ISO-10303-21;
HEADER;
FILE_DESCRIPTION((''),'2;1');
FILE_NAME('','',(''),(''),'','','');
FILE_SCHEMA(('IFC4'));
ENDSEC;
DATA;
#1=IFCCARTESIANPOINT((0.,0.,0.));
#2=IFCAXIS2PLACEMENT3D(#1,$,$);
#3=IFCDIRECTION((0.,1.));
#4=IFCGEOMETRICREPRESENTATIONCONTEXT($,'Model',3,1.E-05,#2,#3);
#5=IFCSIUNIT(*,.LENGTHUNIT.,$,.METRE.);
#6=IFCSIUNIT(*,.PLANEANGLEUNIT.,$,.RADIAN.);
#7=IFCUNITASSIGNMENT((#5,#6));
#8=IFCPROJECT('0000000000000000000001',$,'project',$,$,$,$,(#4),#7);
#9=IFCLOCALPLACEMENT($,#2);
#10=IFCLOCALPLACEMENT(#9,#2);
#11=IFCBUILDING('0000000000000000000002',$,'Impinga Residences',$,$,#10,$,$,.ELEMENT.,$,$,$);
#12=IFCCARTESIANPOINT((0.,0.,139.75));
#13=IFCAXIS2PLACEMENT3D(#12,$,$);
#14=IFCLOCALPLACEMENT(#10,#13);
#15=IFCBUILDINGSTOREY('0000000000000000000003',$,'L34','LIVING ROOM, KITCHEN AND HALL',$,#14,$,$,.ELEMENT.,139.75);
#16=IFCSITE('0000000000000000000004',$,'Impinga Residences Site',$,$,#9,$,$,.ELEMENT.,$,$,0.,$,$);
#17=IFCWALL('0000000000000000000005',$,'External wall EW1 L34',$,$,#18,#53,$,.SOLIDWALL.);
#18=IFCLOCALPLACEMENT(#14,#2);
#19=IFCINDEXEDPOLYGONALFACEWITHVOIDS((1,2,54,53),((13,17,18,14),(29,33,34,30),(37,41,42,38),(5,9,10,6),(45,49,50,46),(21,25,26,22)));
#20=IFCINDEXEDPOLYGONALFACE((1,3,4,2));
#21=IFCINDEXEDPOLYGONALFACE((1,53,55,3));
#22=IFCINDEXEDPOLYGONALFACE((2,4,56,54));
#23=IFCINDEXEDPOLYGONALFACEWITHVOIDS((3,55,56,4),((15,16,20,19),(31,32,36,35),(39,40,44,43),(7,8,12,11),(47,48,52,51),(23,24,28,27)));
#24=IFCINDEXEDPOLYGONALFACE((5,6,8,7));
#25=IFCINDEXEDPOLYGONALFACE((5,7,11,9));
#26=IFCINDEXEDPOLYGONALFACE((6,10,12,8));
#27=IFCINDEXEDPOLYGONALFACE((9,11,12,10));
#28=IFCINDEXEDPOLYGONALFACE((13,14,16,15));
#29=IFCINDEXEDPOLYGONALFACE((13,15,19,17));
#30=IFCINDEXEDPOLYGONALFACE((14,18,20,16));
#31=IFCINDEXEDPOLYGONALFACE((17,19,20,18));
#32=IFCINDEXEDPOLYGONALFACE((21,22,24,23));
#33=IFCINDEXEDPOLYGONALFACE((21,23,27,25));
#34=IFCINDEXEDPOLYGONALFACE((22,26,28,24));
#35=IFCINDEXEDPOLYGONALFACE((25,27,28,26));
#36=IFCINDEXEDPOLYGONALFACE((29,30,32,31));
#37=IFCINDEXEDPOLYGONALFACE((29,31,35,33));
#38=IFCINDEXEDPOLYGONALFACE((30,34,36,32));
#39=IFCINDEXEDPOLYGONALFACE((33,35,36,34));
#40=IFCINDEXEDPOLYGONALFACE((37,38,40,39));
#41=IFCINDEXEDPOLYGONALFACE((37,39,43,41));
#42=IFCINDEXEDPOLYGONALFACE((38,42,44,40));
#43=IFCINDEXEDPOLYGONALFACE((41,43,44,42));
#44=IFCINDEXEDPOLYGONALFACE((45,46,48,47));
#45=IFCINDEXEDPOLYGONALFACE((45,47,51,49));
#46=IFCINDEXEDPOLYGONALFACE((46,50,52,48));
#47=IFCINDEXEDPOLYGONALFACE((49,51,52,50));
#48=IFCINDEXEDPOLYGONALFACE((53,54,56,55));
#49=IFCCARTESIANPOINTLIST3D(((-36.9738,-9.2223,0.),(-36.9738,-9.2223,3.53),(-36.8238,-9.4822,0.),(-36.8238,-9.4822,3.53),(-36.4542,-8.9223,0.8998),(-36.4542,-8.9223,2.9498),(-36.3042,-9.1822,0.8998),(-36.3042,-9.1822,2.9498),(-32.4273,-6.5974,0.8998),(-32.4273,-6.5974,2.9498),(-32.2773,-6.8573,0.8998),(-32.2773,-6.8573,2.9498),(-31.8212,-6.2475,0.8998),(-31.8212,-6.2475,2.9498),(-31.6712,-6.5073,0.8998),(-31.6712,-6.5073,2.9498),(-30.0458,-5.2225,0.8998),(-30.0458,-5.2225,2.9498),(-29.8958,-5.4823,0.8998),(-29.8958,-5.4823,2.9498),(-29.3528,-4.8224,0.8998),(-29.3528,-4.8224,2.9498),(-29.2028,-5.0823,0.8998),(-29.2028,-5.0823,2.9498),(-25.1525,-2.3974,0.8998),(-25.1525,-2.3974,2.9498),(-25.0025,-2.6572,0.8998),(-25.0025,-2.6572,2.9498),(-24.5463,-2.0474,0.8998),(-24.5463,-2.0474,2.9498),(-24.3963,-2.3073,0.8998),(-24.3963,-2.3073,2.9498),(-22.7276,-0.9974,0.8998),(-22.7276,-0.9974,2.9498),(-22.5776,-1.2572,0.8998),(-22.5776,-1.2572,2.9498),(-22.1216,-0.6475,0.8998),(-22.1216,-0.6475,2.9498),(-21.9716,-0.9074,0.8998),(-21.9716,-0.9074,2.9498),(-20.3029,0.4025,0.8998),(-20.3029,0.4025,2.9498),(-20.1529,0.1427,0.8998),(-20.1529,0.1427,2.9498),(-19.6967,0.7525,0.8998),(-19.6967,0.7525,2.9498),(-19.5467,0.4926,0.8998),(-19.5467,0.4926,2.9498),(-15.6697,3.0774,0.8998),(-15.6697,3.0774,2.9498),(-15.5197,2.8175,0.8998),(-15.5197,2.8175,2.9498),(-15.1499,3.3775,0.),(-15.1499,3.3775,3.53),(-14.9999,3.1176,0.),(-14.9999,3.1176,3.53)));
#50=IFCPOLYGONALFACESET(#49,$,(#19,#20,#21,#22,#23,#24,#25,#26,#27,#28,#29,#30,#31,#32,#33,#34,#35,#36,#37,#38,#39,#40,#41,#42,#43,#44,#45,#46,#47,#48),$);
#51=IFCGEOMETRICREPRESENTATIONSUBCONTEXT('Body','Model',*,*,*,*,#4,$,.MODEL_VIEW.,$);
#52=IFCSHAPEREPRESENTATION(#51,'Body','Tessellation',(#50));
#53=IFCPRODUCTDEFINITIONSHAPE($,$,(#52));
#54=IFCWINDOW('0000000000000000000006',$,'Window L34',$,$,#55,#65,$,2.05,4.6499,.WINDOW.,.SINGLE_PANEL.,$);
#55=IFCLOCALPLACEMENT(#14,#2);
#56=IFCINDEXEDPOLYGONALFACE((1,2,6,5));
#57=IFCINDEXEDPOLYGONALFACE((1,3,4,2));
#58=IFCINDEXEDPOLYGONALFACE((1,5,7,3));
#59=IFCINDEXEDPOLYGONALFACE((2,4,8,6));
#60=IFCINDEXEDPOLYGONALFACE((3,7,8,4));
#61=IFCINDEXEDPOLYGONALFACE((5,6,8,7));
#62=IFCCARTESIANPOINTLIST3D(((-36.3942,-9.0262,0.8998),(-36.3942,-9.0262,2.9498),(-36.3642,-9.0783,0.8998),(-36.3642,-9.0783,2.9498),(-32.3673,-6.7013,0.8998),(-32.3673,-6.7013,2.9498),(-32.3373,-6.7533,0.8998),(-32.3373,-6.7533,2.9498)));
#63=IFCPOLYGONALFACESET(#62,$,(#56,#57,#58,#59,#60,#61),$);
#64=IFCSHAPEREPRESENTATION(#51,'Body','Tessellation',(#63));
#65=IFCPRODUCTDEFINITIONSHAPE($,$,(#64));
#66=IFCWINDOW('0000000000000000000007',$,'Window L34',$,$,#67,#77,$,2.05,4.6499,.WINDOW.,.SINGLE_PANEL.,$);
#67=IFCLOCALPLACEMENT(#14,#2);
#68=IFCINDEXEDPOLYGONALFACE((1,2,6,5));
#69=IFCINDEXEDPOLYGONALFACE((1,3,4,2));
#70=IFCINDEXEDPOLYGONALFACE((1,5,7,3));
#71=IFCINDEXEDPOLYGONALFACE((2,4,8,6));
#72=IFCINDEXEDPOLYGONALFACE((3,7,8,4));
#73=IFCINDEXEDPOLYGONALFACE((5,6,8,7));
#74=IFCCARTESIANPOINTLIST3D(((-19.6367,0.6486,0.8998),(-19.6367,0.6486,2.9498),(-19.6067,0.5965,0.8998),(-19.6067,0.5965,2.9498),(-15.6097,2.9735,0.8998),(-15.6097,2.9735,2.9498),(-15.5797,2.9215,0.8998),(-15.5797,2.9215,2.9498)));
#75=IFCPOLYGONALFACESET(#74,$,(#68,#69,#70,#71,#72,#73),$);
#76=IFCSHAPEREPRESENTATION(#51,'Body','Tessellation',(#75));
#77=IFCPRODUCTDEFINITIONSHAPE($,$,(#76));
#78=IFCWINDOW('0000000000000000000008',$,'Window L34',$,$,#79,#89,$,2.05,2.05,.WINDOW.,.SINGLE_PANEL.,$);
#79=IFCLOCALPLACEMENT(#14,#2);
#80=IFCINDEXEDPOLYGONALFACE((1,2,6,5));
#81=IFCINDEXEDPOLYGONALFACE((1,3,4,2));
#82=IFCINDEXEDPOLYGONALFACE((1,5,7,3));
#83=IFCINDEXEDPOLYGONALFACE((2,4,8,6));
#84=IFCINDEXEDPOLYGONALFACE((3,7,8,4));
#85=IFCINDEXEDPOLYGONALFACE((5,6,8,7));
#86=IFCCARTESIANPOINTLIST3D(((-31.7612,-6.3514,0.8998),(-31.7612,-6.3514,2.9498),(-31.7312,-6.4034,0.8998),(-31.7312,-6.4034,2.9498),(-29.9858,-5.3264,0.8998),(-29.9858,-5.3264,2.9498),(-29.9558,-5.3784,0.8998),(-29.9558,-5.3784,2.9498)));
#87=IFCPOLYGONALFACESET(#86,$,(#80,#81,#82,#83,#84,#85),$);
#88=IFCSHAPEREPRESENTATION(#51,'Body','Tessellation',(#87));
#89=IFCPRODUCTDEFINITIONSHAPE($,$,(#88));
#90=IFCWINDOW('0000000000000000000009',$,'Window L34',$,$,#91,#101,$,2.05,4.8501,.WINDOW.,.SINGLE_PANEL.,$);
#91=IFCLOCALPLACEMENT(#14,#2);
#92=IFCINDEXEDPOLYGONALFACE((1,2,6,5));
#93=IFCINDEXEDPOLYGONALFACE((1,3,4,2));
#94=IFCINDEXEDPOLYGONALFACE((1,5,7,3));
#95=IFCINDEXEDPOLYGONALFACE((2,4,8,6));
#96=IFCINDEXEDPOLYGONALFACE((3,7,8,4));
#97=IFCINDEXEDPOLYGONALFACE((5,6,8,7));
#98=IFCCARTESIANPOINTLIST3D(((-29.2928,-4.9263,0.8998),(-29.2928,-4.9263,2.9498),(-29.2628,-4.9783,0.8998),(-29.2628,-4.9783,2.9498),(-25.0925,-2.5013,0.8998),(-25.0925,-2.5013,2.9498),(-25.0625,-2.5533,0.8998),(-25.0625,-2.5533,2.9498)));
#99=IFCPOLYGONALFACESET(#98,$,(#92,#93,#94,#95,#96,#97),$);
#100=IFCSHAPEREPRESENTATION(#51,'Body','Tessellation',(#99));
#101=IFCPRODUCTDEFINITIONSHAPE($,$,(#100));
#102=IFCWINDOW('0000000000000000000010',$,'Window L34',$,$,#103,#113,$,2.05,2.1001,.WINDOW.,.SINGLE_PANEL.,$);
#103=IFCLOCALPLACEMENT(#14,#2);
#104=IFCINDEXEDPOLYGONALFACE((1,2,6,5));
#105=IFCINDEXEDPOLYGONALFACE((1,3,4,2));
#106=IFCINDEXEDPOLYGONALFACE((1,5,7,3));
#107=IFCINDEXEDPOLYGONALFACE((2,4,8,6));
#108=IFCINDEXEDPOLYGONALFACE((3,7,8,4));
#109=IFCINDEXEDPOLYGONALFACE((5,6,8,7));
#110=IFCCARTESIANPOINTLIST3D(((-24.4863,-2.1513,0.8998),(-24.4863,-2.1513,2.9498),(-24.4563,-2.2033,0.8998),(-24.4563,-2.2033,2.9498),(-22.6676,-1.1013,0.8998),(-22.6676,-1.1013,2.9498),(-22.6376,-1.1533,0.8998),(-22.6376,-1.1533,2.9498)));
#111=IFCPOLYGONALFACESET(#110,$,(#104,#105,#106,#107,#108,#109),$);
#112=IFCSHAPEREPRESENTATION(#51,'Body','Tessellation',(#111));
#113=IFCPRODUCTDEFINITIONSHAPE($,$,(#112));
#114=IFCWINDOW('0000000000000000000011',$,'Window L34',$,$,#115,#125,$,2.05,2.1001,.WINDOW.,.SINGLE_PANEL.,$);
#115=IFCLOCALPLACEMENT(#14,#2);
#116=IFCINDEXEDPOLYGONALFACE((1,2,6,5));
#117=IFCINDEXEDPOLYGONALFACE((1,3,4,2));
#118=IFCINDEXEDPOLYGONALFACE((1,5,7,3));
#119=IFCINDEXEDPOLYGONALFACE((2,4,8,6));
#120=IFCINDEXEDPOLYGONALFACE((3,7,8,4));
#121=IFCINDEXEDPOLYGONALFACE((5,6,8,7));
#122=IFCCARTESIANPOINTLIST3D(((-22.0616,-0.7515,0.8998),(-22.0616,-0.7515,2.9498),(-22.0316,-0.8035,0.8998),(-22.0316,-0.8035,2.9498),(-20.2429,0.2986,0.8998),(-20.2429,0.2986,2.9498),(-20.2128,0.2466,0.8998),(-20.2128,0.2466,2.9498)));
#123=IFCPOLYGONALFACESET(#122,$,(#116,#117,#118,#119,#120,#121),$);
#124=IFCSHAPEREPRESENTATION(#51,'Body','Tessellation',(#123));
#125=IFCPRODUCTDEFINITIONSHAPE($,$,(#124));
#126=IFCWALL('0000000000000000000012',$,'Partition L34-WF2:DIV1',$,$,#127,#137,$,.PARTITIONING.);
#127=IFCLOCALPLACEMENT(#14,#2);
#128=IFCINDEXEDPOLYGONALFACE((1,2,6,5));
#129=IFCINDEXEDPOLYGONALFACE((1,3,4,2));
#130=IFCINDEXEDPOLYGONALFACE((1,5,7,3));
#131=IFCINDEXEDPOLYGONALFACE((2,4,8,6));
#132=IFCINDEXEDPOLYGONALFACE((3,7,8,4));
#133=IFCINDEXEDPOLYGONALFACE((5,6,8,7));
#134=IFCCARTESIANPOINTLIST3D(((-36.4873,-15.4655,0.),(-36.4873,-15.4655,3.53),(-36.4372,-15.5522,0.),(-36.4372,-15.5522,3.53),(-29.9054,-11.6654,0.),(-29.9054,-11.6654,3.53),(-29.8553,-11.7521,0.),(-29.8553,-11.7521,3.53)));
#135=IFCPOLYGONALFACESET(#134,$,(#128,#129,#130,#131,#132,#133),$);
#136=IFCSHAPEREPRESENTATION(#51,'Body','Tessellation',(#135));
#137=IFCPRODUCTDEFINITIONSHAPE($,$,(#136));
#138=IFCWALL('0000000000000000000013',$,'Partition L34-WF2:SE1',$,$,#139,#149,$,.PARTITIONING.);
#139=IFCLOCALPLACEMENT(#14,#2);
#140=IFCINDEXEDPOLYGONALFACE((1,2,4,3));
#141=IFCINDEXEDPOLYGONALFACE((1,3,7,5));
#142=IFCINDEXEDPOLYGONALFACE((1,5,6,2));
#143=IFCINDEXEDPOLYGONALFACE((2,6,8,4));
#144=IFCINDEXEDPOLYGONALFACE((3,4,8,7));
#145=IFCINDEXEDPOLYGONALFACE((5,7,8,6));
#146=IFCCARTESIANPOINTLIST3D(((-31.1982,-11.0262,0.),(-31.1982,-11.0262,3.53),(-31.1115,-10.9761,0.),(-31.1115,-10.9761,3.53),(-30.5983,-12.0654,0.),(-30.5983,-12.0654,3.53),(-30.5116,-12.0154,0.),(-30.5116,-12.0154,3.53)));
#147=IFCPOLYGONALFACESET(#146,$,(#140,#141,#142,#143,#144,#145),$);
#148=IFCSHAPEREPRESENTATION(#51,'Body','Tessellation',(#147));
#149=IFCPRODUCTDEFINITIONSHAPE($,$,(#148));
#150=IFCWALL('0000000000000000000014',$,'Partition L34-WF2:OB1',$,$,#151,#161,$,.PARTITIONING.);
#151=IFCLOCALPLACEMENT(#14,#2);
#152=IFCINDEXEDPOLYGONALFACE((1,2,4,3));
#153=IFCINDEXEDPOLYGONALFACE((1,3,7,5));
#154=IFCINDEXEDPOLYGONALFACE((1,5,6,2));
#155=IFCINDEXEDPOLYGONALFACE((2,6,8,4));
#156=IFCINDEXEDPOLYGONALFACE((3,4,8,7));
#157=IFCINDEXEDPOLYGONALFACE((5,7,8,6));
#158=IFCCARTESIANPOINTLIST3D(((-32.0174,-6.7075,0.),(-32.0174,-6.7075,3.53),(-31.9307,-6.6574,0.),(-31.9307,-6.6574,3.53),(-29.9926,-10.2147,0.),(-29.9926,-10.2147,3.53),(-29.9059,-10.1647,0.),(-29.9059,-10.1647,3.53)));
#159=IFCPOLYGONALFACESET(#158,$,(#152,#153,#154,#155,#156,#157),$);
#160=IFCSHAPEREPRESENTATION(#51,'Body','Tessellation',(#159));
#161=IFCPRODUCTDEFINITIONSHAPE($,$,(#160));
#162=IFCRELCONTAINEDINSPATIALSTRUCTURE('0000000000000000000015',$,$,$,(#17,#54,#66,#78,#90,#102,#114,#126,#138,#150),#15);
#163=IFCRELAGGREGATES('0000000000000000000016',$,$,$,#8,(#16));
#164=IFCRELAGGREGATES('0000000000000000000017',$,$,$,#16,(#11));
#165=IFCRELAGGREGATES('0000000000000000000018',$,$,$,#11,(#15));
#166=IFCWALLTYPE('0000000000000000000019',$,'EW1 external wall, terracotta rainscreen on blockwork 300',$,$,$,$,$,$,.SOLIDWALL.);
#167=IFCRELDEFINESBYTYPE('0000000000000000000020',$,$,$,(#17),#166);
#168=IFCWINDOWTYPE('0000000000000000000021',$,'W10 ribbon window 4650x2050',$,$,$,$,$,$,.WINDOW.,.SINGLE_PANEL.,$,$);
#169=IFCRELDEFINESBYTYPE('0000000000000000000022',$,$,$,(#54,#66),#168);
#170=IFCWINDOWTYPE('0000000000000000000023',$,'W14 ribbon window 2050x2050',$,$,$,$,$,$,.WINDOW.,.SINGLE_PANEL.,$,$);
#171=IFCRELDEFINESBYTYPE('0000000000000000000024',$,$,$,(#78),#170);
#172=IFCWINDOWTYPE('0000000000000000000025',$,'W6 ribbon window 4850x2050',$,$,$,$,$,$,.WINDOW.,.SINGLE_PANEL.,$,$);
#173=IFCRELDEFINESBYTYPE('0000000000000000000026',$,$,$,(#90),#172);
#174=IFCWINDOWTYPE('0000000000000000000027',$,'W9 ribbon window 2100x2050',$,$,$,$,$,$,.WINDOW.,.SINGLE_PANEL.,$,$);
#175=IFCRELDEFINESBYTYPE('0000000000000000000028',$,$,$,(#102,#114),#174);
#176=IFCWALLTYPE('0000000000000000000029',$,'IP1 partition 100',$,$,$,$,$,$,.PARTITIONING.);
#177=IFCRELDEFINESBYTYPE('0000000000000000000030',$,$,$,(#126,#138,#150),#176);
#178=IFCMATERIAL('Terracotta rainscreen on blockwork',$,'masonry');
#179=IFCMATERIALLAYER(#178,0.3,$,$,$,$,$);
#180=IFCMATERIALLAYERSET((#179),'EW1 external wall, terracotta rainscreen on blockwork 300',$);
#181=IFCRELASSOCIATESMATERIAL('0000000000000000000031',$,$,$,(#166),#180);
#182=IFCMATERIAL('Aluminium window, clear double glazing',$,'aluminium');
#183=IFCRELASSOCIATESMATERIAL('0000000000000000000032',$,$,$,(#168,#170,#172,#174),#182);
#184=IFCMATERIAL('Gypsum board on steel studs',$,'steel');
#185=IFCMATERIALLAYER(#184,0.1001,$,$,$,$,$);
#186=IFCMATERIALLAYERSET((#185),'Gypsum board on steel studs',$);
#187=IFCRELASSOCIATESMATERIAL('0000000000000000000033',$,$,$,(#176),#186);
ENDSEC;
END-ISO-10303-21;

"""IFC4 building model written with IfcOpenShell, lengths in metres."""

from ifc_helpers import new_model, si_unit, direction, frame, frame_2d, origin, place, context, subcontext, project, spatial, rectangle, extrude, material, layer, layer_set, type_object, element, fill, save


model = new_model("IFC4")

# Units and contexts
model_context = context("Model", 3, precision=1e-05, world=origin(), true_north=direction((0.0, 1.0)))
body_context = subcontext(model_context, "Body", "Model", "MODEL_VIEW")
ifc_project = project(units=[si_unit("LENGTHUNIT", "METRE"), si_unit("PLANEANGLEUNIT", "RADIAN")], contexts=[model_context])

# Site, building, storey
site_placement = place(None, origin())
site = spatial("IfcSite", under=ifc_project, at=site_placement, Name="Impinga Residences Site", CompositionType="ELEMENT", RefElevation=0.0)
building_placement = place(site_placement, origin())
building = spatial("IfcBuilding", under=site, at=building_placement, Name="Impinga Residences", CompositionType="ELEMENT")
storey_placement = place(building_placement, frame((0.0, 0.0, 139.75)))
storey = spatial("IfcBuildingStorey", under=building, at=storey_placement, Name="L34", Description="LIVING ROOM, KITCHEN AND HALL", CompositionType="ELEMENT", Elevation=139.75)

# Shared definitions
ifc_material_1 = material(Name="Terracotta rainscreen on blockwork", Category="masonry")
ifc_layer_1 = layer(ifc_material_1, 0.3)
ifc_layer_set_1 = layer_set([ifc_layer_1], Name="EW1 external wall, terracotta rainscreen on blockwork 300")
wall_type_1 = type_object("IfcWallType", Name="EW1 external wall, terracotta rainscreen on blockwork 300", PredefinedType="SOLIDWALL", material=ifc_layer_set_1)

# Wall, openings, windows
wall_1_placement = place(storey_placement, frame((-36.8989, -9.3523, 0.0), z_axis=(0.0, 0.0, 1.0), x_axis=(0.866029, 0.499993, 0.0)))
wall_1 = element("IfcWall", 1, at=wall_1_placement, inside=storey, type_object=wall_type_1, Name="External wall EW1 L34", PredefinedType="SOLIDWALL", context=body_context, shape_type="SweptSolid", body=[
    extrude(rectangle(XDim=25.2, YDim=0.3, at=frame_2d((12.6001, 0.0))), origin(), (0.0, 0.0, 1.0), 3.53),
])
opening_1_placement = place(wall_1_placement, frame((0.6001, 0.0, 0.8999)))
opening_1 = element("IfcOpeningElement", 2, at=opening_1_placement, cuts=wall_1, PredefinedType="OPENING", context=body_context, shape_type="SweptSolid", body=[
    extrude(rectangle(XDim=4.6499, YDim=2.05, at=frame_2d((2.325, 1.0249))), frame((0.0, 0.1599, 0.0), z_axis=(0.0, -1.0, 0.0), x_axis=(1.0, 0.0, 0.0)), (0.0, 0.0, 1.0), 0.3201),
])
opening_2_placement = place(wall_1_placement, frame((5.95, 0.0, 0.8999)))
opening_2 = element("IfcOpeningElement", 3, at=opening_2_placement, cuts=wall_1, PredefinedType="OPENING", context=body_context, shape_type="SweptSolid", body=[
    extrude(rectangle(XDim=2.05, YDim=2.05, at=frame_2d((1.0249, 1.0249))), frame((0.0, 0.1599, 0.0), z_axis=(0.0, -1.0, 0.0), x_axis=(1.0, 0.0, 0.0)), (0.0, 0.0, 1.0), 0.3201),
])
opening_3_placement = place(wall_1_placement, frame((8.8, 0.0, 0.8999)))
opening_3 = element("IfcOpeningElement", 4, at=opening_3_placement, cuts=wall_1, PredefinedType="OPENING", context=body_context, shape_type="SweptSolid", body=[
    extrude(rectangle(XDim=4.8501, YDim=2.05, at=frame_2d((2.425, 1.0249))), frame((0.0, 0.1599, 0.0), z_axis=(0.0, -1.0, 0.0), x_axis=(1.0, 0.0, 0.0)), (0.0, 0.0, 1.0), 0.3201),
])
opening_4_placement = place(wall_1_placement, frame((14.3501, 0.0, 0.8999)))
opening_4 = element("IfcOpeningElement", 5, at=opening_4_placement, cuts=wall_1, PredefinedType="OPENING", context=body_context, shape_type="SweptSolid", body=[
    extrude(rectangle(XDim=2.1001, YDim=2.05, at=frame_2d((1.05, 1.0249))), frame((0.0, 0.1599, 0.0), z_axis=(0.0, -1.0, 0.0), x_axis=(1.0, 0.0, 0.0)), (0.0, 0.0, 1.0), 0.3201),
])
opening_5_placement = place(wall_1_placement, frame((17.1499, 0.0, 0.8999)))
opening_5 = element("IfcOpeningElement", 6, at=opening_5_placement, cuts=wall_1, PredefinedType="OPENING", context=body_context, shape_type="SweptSolid", body=[
    extrude(rectangle(XDim=2.1001, YDim=2.05, at=frame_2d((1.05, 1.0249))), frame((0.0, 0.1599, 0.0), z_axis=(0.0, -1.0, 0.0), x_axis=(1.0, 0.0, 0.0)), (0.0, 0.0, 1.0), 0.3201),
])
opening_6_placement = place(wall_1_placement, frame((19.95, 0.0, 0.8999)))
opening_6 = element("IfcOpeningElement", 7, at=opening_6_placement, cuts=wall_1, PredefinedType="OPENING", context=body_context, shape_type="SweptSolid", body=[
    extrude(rectangle(XDim=4.6499, YDim=2.05, at=frame_2d((2.325, 1.0249))), frame((0.0, 0.1599, 0.0), z_axis=(0.0, -1.0, 0.0), x_axis=(1.0, 0.0, 0.0)), (0.0, 0.0, 1.0), 0.3201),
])
ifc_material_2 = material(Name="Aluminium window, clear double glazing", Category="aluminium")
window_type_1 = type_object("IfcWindowType", Name="W10 ribbon window 4650x2050", PartitioningType="SINGLE_PANEL", PredefinedType="WINDOW", material=ifc_material_2)
window_1_placement = place(opening_1_placement, origin())
window_1 = element("IfcWindow", 8, at=window_1_placement, inside=storey, type_object=window_type_1, Name="Window L34", OverallHeight=2.05, OverallWidth=4.6499, PartitioningType="SINGLE_PANEL", PredefinedType="WINDOW", context=body_context, shape_type="SweptSolid", body=[
    extrude(rectangle(XDim=4.6499, YDim=2.05, at=frame_2d((2.325, 1.0249))), frame((0.0, 0.03, 0.0), z_axis=(0.0, -1.0, 0.0), x_axis=(1.0, 0.0, 0.0)), (0.0, 0.0, 1.0), 0.0601),
])
fill(opening_1, window_1)
window_2_placement = place(opening_6_placement, origin())
window_2 = element("IfcWindow", 9, at=window_2_placement, inside=storey, type_object=window_type_1, Name="Window L34", OverallHeight=2.05, OverallWidth=4.6499, PartitioningType="SINGLE_PANEL", PredefinedType="WINDOW", context=body_context, shape_type="SweptSolid", body=[
    extrude(rectangle(XDim=4.6499, YDim=2.05, at=frame_2d((2.325, 1.0249))), frame((0.0, 0.03, 0.0), z_axis=(0.0, -1.0, 0.0), x_axis=(1.0, 0.0, 0.0)), (0.0, 0.0, 1.0), 0.0601),
])
fill(opening_6, window_2)
window_type_2 = type_object("IfcWindowType", Name="W14 ribbon window 2050x2050", PartitioningType="SINGLE_PANEL", PredefinedType="WINDOW", material=ifc_material_2)
window_3_placement = place(opening_2_placement, origin())
window_3 = element("IfcWindow", 10, at=window_3_placement, inside=storey, type_object=window_type_2, Name="Window L34", OverallHeight=2.05, OverallWidth=2.05, PartitioningType="SINGLE_PANEL", PredefinedType="WINDOW", context=body_context, shape_type="SweptSolid", body=[
    extrude(rectangle(XDim=2.05, YDim=2.05, at=frame_2d((1.0249, 1.0249))), frame((0.0, 0.03, 0.0), z_axis=(0.0, -1.0, 0.0), x_axis=(1.0, 0.0, 0.0)), (0.0, 0.0, 1.0), 0.0601),
])
fill(opening_2, window_3)
window_type_3 = type_object("IfcWindowType", Name="W6 ribbon window 4850x2050", PartitioningType="SINGLE_PANEL", PredefinedType="WINDOW", material=ifc_material_2)
window_4_placement = place(opening_3_placement, origin())
window_4 = element("IfcWindow", 11, at=window_4_placement, inside=storey, type_object=window_type_3, Name="Window L34", OverallHeight=2.05, OverallWidth=4.8501, PartitioningType="SINGLE_PANEL", PredefinedType="WINDOW", context=body_context, shape_type="SweptSolid", body=[
    extrude(rectangle(XDim=4.8501, YDim=2.05, at=frame_2d((2.425, 1.0249))), frame((0.0, 0.03, 0.0), z_axis=(0.0, -1.0, 0.0), x_axis=(1.0, 0.0, 0.0)), (0.0, 0.0, 1.0), 0.0601),
])
fill(opening_3, window_4)
window_type_4 = type_object("IfcWindowType", Name="W9 ribbon window 2100x2050", PartitioningType="SINGLE_PANEL", PredefinedType="WINDOW", material=ifc_material_2)
window_5_placement = place(opening_4_placement, origin())
window_5 = element("IfcWindow", 12, at=window_5_placement, inside=storey, type_object=window_type_4, Name="Window L34", OverallHeight=2.05, OverallWidth=2.1001, PartitioningType="SINGLE_PANEL", PredefinedType="WINDOW", context=body_context, shape_type="SweptSolid", body=[
    extrude(rectangle(XDim=2.1001, YDim=2.05, at=frame_2d((1.05, 1.0249))), frame((0.0, 0.03, 0.0), z_axis=(0.0, -1.0, 0.0), x_axis=(1.0, 0.0, 0.0)), (0.0, 0.0, 1.0), 0.0601),
])
fill(opening_4, window_5)
window_6_placement = place(opening_5_placement, origin())
window_6 = element("IfcWindow", 13, at=window_6_placement, inside=storey, type_object=window_type_4, Name="Window L34", OverallHeight=2.05, OverallWidth=2.1001, PartitioningType="SINGLE_PANEL", PredefinedType="WINDOW", context=body_context, shape_type="SweptSolid", body=[
    extrude(rectangle(XDim=2.1001, YDim=2.05, at=frame_2d((1.05, 1.0249))), frame((0.0, 0.03, 0.0), z_axis=(0.0, -1.0, 0.0), x_axis=(1.0, 0.0, 0.0)), (0.0, 0.0, 1.0), 0.0601),
])
fill(opening_5, window_6)

# Walls
ifc_material_3 = material(Name="Gypsum board on steel studs", Category="steel")
ifc_layer_2 = layer(ifc_material_3, 0.1001)
ifc_layer_set_2 = layer_set([ifc_layer_2], Name="Gypsum board on steel studs")
wall_type_2 = type_object("IfcWallType", Name="IP1 partition 100", PredefinedType="PARTITIONING", material=ifc_layer_set_2)
wall_2_placement = place(storey_placement, frame((-29.8804, -11.7087, 0.0), z_axis=(0.0, 0.0, 1.0), x_axis=(-0.866022, -0.500005, 0.0)))
element("IfcWall", 14, at=wall_2_placement, inside=storey, type_object=wall_type_2, Name="Partition L34-WF2:DIV1", PredefinedType="PARTITIONING", context=body_context, shape_type="SweptSolid", body=[
    extrude(rectangle(XDim=7.6001, YDim=0.1001, at=frame_2d((3.8, 0.0))), origin(), (0.0, 0.0, 1.0), 3.53),
])
wall_3_placement = place(storey_placement, frame((-30.5549, -12.0405, 0.0), z_axis=(0.0, 0.0, 1.0), x_axis=(-0.499881, 0.866094, 0.0)))
element("IfcWall", 15, at=wall_3_placement, inside=storey, type_object=wall_type_2, Name="Partition L34-WF2:SE1", PredefinedType="PARTITIONING", context=body_context, shape_type="SweptSolid", body=[
    extrude(rectangle(XDim=1.2, YDim=0.1001, at=frame_2d((0.6001, 0.0))), origin(), (0.0, 0.0, 1.0), 3.53),
])
wall_4_placement = place(storey_placement, frame((-29.9492, -10.1897, 0.0), z_axis=(0.0, 0.0, 1.0), x_axis=(-0.49999, 0.866031, 0.0)))
element("IfcWall", 16, at=wall_4_placement, inside=storey, type_object=wall_type_2, Name="Partition L34-WF2:OB1", PredefinedType="PARTITIONING", context=body_context, shape_type="SweptSolid", body=[
    extrude(rectangle(XDim=4.0498, YDim=0.1001, at=frame_2d((2.0249, 0.0))), origin(), (0.0, 0.0, 1.0), 3.53),
])

save(model, "model.ifc")
